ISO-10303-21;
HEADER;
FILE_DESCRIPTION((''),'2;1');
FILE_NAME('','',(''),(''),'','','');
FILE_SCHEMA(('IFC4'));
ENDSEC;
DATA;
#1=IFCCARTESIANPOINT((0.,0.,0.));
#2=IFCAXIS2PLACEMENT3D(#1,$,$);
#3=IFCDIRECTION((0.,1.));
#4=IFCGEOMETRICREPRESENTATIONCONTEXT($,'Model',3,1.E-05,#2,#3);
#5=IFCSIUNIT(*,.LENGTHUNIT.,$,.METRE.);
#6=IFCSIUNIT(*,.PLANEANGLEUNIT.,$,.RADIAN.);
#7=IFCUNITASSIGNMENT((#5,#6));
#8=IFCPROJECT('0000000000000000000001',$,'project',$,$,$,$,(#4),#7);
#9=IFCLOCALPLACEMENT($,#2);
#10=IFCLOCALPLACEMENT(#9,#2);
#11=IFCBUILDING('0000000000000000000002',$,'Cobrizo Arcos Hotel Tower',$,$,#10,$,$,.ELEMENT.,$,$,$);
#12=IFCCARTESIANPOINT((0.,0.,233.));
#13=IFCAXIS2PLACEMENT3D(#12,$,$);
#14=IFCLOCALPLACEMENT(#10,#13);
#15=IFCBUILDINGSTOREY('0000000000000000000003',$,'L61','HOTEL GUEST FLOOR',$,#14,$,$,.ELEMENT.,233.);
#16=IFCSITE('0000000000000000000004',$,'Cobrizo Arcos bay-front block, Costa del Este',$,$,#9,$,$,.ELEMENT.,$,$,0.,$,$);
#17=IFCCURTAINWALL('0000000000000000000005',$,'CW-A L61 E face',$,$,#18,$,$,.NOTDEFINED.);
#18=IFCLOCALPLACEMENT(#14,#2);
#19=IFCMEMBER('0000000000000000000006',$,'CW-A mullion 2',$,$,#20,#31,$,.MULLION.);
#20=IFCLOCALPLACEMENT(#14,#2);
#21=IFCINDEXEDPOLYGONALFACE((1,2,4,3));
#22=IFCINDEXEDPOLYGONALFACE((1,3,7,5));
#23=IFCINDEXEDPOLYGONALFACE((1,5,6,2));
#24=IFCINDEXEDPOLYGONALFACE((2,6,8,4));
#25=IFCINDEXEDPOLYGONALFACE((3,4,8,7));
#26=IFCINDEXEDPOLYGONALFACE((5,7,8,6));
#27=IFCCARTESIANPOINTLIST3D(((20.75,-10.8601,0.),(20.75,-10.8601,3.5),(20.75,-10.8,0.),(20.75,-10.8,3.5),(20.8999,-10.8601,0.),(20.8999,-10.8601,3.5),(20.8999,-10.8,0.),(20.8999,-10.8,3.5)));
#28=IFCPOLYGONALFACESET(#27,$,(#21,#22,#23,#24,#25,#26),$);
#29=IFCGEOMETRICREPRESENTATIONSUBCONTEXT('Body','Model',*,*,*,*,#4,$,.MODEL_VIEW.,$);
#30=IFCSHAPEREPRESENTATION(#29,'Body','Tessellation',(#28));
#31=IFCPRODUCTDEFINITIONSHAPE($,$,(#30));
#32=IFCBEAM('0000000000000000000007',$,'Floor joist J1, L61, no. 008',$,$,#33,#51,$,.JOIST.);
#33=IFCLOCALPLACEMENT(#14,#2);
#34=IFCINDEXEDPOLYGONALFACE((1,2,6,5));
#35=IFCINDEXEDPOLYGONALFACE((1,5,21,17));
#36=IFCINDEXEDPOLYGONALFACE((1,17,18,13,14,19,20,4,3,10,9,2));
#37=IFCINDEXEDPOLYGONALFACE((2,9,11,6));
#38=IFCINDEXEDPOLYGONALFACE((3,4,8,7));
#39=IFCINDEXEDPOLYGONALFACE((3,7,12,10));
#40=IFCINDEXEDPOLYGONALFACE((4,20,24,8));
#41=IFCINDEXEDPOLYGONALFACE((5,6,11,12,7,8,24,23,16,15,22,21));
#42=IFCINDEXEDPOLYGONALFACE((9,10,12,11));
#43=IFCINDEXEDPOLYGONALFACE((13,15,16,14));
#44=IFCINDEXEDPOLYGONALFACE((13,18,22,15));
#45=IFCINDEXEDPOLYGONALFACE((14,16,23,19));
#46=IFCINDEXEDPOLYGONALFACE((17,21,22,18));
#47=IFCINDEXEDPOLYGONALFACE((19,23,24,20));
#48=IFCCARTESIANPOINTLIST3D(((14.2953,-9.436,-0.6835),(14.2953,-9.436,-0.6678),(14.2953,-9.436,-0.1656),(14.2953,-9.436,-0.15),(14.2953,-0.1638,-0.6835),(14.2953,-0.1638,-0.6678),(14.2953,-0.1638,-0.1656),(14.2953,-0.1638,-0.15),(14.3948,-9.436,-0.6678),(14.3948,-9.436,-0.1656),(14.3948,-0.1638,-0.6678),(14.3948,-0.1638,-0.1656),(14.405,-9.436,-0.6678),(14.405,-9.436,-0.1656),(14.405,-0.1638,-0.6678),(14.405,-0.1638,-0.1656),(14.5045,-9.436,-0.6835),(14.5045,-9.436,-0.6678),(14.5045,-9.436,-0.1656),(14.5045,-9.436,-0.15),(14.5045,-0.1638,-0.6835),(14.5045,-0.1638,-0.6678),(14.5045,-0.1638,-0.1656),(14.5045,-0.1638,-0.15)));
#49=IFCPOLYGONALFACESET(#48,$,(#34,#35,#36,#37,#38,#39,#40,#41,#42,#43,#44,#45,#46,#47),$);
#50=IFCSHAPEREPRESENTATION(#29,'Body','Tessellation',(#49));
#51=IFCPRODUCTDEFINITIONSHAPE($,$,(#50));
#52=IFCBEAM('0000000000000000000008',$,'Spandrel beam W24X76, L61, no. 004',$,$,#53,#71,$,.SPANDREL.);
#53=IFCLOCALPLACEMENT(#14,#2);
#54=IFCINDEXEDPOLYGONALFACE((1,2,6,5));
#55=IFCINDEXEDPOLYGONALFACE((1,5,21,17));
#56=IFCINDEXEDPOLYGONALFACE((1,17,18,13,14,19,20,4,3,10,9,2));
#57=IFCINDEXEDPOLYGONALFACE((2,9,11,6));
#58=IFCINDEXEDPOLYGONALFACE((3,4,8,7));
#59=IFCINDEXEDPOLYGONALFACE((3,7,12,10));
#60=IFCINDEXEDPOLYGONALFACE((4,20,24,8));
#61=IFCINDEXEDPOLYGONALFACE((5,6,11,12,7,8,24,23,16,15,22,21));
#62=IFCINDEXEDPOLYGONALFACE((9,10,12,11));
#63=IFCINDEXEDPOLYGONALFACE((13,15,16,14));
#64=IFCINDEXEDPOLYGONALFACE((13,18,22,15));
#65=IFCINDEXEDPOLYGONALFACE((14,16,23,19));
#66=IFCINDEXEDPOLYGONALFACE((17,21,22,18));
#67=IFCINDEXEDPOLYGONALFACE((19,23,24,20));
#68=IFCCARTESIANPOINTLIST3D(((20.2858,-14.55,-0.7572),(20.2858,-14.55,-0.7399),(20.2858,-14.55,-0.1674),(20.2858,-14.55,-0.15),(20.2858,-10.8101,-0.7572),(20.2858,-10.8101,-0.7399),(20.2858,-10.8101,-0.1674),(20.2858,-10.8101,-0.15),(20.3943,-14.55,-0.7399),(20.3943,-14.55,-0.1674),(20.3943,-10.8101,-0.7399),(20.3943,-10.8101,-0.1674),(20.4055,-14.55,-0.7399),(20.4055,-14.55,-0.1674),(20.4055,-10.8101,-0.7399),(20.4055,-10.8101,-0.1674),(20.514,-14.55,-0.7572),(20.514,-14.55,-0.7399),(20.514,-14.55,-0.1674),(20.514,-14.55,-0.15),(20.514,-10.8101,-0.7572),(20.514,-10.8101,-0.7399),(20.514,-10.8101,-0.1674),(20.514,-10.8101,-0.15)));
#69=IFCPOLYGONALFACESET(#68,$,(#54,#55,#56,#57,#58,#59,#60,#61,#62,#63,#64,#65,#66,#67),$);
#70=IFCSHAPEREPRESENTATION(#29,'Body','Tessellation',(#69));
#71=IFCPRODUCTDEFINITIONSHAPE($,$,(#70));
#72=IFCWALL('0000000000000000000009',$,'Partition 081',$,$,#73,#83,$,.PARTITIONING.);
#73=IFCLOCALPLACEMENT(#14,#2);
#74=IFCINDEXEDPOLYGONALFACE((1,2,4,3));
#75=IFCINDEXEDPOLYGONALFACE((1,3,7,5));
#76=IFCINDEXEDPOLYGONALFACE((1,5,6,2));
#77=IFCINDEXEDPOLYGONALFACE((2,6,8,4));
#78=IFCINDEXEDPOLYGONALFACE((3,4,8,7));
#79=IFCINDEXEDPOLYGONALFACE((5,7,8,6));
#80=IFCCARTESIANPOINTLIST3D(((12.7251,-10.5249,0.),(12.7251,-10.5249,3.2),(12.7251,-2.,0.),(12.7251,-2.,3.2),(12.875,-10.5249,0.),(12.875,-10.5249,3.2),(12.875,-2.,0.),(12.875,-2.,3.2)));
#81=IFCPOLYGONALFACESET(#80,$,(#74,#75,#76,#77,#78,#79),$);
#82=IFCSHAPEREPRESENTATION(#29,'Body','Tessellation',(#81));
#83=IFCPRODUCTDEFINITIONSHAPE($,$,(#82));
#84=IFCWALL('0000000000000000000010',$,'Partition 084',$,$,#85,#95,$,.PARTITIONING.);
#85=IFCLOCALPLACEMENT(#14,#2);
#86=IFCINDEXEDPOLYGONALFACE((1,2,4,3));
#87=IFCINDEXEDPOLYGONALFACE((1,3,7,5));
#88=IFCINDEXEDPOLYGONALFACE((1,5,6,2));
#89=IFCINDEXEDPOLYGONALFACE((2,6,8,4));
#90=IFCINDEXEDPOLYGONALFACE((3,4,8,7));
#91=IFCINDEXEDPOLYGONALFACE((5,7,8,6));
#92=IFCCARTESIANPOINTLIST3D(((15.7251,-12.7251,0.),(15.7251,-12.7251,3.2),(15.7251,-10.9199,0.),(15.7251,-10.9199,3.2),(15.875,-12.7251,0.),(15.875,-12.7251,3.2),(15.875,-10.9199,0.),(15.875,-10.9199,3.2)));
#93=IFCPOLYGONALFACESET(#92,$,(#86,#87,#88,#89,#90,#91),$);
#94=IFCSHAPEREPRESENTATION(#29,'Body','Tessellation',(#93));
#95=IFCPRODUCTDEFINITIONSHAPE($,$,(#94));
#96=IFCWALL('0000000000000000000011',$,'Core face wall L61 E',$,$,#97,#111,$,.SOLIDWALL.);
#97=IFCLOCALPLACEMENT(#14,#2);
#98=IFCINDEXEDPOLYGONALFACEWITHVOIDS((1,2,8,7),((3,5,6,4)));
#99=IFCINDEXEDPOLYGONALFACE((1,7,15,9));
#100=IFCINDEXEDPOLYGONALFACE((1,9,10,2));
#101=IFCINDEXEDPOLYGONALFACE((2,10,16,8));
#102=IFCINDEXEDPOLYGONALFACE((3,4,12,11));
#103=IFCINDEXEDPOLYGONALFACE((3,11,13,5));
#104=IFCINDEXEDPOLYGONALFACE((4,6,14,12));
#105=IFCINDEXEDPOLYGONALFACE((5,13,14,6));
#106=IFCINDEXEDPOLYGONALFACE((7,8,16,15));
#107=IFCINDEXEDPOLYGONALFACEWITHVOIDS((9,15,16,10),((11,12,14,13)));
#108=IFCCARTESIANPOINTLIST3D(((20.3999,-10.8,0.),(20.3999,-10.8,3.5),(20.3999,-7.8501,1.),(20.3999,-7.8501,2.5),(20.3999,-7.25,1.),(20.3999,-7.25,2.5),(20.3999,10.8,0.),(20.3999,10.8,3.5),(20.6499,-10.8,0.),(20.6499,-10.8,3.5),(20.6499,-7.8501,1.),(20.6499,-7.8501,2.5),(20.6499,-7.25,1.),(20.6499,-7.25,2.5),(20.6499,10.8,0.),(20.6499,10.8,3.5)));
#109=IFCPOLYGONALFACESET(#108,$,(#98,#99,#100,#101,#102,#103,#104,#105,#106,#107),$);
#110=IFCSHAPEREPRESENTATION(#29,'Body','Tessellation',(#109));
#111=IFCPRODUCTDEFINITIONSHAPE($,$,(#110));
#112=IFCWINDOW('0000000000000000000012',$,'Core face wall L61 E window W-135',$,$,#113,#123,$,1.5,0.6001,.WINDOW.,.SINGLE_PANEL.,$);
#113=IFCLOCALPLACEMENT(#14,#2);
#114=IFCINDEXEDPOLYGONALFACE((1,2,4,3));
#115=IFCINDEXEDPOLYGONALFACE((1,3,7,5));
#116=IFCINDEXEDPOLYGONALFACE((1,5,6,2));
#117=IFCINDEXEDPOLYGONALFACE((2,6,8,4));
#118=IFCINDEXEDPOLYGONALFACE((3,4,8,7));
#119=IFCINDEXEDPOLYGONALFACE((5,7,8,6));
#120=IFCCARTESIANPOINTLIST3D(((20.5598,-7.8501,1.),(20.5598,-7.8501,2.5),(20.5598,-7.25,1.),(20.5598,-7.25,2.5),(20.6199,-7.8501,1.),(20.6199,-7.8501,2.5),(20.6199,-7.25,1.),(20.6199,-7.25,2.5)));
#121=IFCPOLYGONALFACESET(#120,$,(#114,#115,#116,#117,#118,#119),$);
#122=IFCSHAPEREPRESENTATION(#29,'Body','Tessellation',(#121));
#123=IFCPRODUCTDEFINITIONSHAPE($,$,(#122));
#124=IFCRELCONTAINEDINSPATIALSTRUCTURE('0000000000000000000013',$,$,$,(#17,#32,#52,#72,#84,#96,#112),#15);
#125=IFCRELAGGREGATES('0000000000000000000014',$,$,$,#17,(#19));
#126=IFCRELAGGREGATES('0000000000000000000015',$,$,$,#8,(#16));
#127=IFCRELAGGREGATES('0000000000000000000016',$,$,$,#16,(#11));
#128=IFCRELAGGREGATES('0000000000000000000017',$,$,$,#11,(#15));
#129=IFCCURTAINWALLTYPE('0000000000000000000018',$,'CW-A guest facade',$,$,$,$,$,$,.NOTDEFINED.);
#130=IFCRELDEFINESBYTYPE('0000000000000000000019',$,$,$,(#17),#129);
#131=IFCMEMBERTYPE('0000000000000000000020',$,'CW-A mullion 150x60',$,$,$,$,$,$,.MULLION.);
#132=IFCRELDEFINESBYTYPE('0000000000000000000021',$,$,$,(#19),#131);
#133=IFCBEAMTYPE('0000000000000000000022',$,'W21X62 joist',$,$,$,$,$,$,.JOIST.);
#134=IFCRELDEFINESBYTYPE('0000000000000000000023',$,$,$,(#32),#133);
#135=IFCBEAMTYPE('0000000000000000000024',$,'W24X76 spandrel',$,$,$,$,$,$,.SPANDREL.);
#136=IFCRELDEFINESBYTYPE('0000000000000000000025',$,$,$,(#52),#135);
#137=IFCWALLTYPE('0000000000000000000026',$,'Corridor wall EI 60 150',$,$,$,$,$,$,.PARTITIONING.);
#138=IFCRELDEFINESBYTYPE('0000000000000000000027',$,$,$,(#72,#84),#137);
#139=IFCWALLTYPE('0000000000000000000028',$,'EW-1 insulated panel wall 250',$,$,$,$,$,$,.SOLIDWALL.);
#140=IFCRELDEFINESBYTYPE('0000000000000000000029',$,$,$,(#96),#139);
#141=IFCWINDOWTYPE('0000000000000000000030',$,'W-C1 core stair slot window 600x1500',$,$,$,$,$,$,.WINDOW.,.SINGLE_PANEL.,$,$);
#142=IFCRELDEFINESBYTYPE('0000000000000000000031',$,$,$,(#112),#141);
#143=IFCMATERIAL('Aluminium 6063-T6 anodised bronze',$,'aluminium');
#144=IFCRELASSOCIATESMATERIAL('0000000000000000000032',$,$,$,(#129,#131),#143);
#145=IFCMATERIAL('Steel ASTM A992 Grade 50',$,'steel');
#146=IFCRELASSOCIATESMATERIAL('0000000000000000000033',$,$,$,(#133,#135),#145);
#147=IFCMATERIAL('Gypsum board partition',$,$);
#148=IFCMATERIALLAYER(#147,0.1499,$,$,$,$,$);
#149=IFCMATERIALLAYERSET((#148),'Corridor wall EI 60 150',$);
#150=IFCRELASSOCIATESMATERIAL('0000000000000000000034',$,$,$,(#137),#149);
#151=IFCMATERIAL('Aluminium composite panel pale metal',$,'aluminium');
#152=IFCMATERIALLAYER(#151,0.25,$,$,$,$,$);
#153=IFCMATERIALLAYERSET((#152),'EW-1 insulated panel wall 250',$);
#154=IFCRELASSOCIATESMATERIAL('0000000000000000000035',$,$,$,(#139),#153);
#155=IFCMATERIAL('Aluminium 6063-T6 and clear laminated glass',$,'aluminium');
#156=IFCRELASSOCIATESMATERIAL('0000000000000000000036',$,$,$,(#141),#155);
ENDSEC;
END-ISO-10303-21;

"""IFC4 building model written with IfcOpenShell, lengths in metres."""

from ifc_helpers import new_model, si_unit, direction, frame, frame_2d, origin, origin_2d, place, context, subcontext, project, spatial, rectangle, i_section, extrude, material, layer, layer_set, material_profile, profile_set, type_object, element, fill, aggregate, save


model = new_model("IFC4")

# Units and contexts
model_context = context("Model", 3, precision=1e-05, world=origin(), true_north=direction((0.0, 1.0)))
body_context = subcontext(model_context, "Body", "Model", "MODEL_VIEW")
ifc_project = project(units=[si_unit("LENGTHUNIT", "METRE"), si_unit("PLANEANGLEUNIT", "RADIAN")], contexts=[model_context])

# Site, building, storey
site_placement = place(None, origin())
site = spatial("IfcSite", under=ifc_project, at=site_placement, Name="Cobrizo Arcos bay-front block, Costa del Este", CompositionType="ELEMENT", RefElevation=0.0)
building_placement = place(site_placement, origin())
building = spatial("IfcBuilding", under=site, at=building_placement, Name="Cobrizo Arcos Hotel Tower", CompositionType="ELEMENT")
storey_placement = place(building_placement, frame((0.0, 0.0, 233.0)))
storey = spatial("IfcBuildingStorey", under=building, at=storey_placement, Name="L61", Description="HOTEL GUEST FLOOR", CompositionType="ELEMENT", Elevation=233.0)

# Curtain wall, member
ifc_material_1 = material(Name="Aluminium 6063-T6 anodised bronze", Category="aluminium")
curtain_wall_type = type_object("IfcCurtainWallType", Name="CW-A guest facade", PredefinedType="NOTDEFINED", material=ifc_material_1)
curtain_wall_placement = place(storey_placement, origin())
curtain_wall = element("IfcCurtainWall", 1, at=curtain_wall_placement, inside=storey, type_object=curtain_wall_type, Name="CW-A L61 E face", PredefinedType="NOTDEFINED")
ifc_material_profile_1 = material_profile(ifc_material_1, rectangle(XDim=0.1499, YDim=0.0601, at=origin_2d()), Name="CW-A mullion 150x60")
ifc_profile_set_1 = profile_set([ifc_material_profile_1], Name="Aluminium 6063-T6 anodised bronze")
member_type = type_object("IfcMemberType", Name="CW-A mullion 150x60", PredefinedType="MULLION", material=ifc_profile_set_1)
member_placement = place(storey_placement, frame((20.825, -10.8301, 0.0), z_axis=(0.0, 0.0, 1.0), x_axis=(1.0, 0.0, 0.0)))
member = element("IfcMember", 2, at=member_placement, type_object=member_type, Name="CW-A mullion 2", PredefinedType="MULLION", context=body_context, shape_type="SweptSolid", body=[
    extrude(rectangle(XDim=0.1499, YDim=0.0601, at=origin_2d()), origin(), (0.0, 0.0, 1.0), 3.5),
])
aggregate(curtain_wall, [member])

# Beams
ifc_material_2 = material(Name="Steel ASTM A992 Grade 50", Category="steel")
ifc_material_profile_2 = material_profile(ifc_material_2, i_section(OverallWidth=0.2092, OverallDepth=0.5334, WebThickness=0.0103, FlangeThickness=0.0156, at=origin_2d()), Name="W21X62")
ifc_profile_set_2 = profile_set([ifc_material_profile_2], Name="Steel ASTM A992 Grade 50")
beam_type_1 = type_object("IfcBeamType", Name="W21X62 joist", PredefinedType="JOIST", material=ifc_profile_set_2)
beam_1_placement = place(storey_placement, frame((14.3999, -9.436, -0.4167), z_axis=(0.0, 1.0, 0.0), x_axis=(-1.0, 0.0, 0.0)))
element("IfcBeam", 3, at=beam_1_placement, inside=storey, type_object=beam_type_1, Name="Floor joist J1, L61, no. 008", PredefinedType="JOIST", context=body_context, shape_type="SweptSolid", body=[
    extrude(i_section(OverallWidth=0.2092, OverallDepth=0.5334, WebThickness=0.0103, FlangeThickness=0.0156, at=origin_2d()), origin(), (0.0, 0.0, 1.0), 9.2722),
])
ifc_material_profile_3 = material_profile(ifc_material_2, i_section(OverallWidth=0.2283, OverallDepth=0.6072, WebThickness=0.0112, FlangeThickness=0.0173, at=origin_2d()), Name="W24X76")
ifc_profile_set_3 = profile_set([ifc_material_profile_3], Name="Steel ASTM A992 Grade 50")
beam_type_2 = type_object("IfcBeamType", Name="W24X76 spandrel", PredefinedType="SPANDREL", material=ifc_profile_set_3)
beam_2_placement = place(storey_placement, frame((20.3999, -10.8101, -0.4536), z_axis=(0.0, -1.0, 0.0), x_axis=(1.0, 0.0, 0.0)))
element("IfcBeam", 4, at=beam_2_placement, inside=storey, type_object=beam_type_2, Name="Spandrel beam W24X76, L61, no. 004", PredefinedType="SPANDREL", context=body_context, shape_type="SweptSolid", body=[
    extrude(i_section(OverallWidth=0.2283, OverallDepth=0.6072, WebThickness=0.0112, FlangeThickness=0.0173, at=origin_2d()), origin(), (0.0, 0.0, 1.0), 3.74),
])

# Walls
ifc_material_3 = material(Name="Gypsum board partition")
ifc_layer_1 = layer(ifc_material_3, 0.1499)
ifc_layer_set_1 = layer_set([ifc_layer_1], Name="Corridor wall EI 60 150")
wall_type_1 = type_object("IfcWallType", Name="Corridor wall EI 60 150", PredefinedType="PARTITIONING", material=ifc_layer_set_1)
wall_1_placement = place(storey_placement, frame((12.8, -10.5249, 0.0), z_axis=(0.0, 0.0, 1.0), x_axis=(0.0, 1.0, 0.0)))
element("IfcWall", 5, at=wall_1_placement, inside=storey, type_object=wall_type_1, Name="Partition 081", PredefinedType="PARTITIONING", context=body_context, shape_type="SweptSolid", body=[
    extrude(rectangle(XDim=8.5249, YDim=0.1499, at=frame_2d((4.2625, 0.0))), origin(), (0.0, 0.0, 1.0), 3.2),
])
wall_2_placement = place(storey_placement, frame((15.8, -12.7251, 0.0), z_axis=(0.0, 0.0, 1.0), x_axis=(0.0, 1.0, 0.0)))
element("IfcWall", 6, at=wall_2_placement, inside=storey, type_object=wall_type_1, Name="Partition 084", PredefinedType="PARTITIONING", context=body_context, shape_type="SweptSolid", body=[
    extrude(rectangle(XDim=1.8052, YDim=0.1499, at=frame_2d((0.9026, 0.0))), origin(), (0.0, 0.0, 1.0), 3.2),
])

# Wall, opening, window
ifc_material_4 = material(Name="Aluminium composite panel pale metal", Category="aluminium")
ifc_layer_2 = layer(ifc_material_4, 0.25)
ifc_layer_set_2 = layer_set([ifc_layer_2], Name="EW-1 insulated panel wall 250")
wall_type_2 = type_object("IfcWallType", Name="EW-1 insulated panel wall 250", PredefinedType="SOLIDWALL", material=ifc_layer_set_2)
wall_3_placement = place(storey_placement, frame((20.5249, -10.8, 0.0), z_axis=(0.0, 0.0, 1.0), x_axis=(0.0, 1.0, 0.0)))
wall_3 = element("IfcWall", 7, at=wall_3_placement, inside=storey, type_object=wall_type_2, Name="Core face wall L61 E", PredefinedType="SOLIDWALL", context=body_context, shape_type="SweptSolid", body=[
    extrude(rectangle(XDim=21.6001, YDim=0.25, at=frame_2d((10.8, 0.0))), origin(), (0.0, 0.0, 1.0), 3.5),
])
opening_1_placement = place(wall_3_placement, frame((2.95, 0.0, 1.0)))
opening_1 = element("IfcOpeningElement", 8, at=opening_1_placement, cuts=wall_3, PredefinedType="OPENING", context=body_context, shape_type="SweptSolid", body=[
    extrude(rectangle(XDim=0.6001, YDim=1.5, at=frame_2d((0.3, 0.75))), frame((0.0, 0.137, 0.0), z_axis=(0.0, -1.0, 0.0), x_axis=(1.0, 0.0, 0.0)), (0.0, 0.0, 1.0), 0.2739),
])
ifc_material_5 = material(Name="Aluminium 6063-T6 and clear laminated glass", Category="aluminium")
window_type = type_object("IfcWindowType", Name="W-C1 core stair slot window 600x1500", PartitioningType="SINGLE_PANEL", PredefinedType="WINDOW", material=ifc_material_5)
window_placement = place(opening_1_placement, origin())
window = element("IfcWindow", 9, at=window_placement, inside=storey, type_object=window_type, Name="Core face wall L61 E window W-135", OverallHeight=1.5, OverallWidth=0.6001, PartitioningType="SINGLE_PANEL", PredefinedType="WINDOW", context=body_context, shape_type="SweptSolid", body=[
    extrude(rectangle(XDim=0.6001, YDim=1.5, at=frame_2d((0.3, 0.75))), frame((0.0, -0.0349, 0.0), z_axis=(0.0, -1.0, 0.0), x_axis=(1.0, 0.0, 0.0)), (0.0, 0.0, 1.0), 0.0601),
])
fill(opening_1, window)

save(model, "model.ifc")
